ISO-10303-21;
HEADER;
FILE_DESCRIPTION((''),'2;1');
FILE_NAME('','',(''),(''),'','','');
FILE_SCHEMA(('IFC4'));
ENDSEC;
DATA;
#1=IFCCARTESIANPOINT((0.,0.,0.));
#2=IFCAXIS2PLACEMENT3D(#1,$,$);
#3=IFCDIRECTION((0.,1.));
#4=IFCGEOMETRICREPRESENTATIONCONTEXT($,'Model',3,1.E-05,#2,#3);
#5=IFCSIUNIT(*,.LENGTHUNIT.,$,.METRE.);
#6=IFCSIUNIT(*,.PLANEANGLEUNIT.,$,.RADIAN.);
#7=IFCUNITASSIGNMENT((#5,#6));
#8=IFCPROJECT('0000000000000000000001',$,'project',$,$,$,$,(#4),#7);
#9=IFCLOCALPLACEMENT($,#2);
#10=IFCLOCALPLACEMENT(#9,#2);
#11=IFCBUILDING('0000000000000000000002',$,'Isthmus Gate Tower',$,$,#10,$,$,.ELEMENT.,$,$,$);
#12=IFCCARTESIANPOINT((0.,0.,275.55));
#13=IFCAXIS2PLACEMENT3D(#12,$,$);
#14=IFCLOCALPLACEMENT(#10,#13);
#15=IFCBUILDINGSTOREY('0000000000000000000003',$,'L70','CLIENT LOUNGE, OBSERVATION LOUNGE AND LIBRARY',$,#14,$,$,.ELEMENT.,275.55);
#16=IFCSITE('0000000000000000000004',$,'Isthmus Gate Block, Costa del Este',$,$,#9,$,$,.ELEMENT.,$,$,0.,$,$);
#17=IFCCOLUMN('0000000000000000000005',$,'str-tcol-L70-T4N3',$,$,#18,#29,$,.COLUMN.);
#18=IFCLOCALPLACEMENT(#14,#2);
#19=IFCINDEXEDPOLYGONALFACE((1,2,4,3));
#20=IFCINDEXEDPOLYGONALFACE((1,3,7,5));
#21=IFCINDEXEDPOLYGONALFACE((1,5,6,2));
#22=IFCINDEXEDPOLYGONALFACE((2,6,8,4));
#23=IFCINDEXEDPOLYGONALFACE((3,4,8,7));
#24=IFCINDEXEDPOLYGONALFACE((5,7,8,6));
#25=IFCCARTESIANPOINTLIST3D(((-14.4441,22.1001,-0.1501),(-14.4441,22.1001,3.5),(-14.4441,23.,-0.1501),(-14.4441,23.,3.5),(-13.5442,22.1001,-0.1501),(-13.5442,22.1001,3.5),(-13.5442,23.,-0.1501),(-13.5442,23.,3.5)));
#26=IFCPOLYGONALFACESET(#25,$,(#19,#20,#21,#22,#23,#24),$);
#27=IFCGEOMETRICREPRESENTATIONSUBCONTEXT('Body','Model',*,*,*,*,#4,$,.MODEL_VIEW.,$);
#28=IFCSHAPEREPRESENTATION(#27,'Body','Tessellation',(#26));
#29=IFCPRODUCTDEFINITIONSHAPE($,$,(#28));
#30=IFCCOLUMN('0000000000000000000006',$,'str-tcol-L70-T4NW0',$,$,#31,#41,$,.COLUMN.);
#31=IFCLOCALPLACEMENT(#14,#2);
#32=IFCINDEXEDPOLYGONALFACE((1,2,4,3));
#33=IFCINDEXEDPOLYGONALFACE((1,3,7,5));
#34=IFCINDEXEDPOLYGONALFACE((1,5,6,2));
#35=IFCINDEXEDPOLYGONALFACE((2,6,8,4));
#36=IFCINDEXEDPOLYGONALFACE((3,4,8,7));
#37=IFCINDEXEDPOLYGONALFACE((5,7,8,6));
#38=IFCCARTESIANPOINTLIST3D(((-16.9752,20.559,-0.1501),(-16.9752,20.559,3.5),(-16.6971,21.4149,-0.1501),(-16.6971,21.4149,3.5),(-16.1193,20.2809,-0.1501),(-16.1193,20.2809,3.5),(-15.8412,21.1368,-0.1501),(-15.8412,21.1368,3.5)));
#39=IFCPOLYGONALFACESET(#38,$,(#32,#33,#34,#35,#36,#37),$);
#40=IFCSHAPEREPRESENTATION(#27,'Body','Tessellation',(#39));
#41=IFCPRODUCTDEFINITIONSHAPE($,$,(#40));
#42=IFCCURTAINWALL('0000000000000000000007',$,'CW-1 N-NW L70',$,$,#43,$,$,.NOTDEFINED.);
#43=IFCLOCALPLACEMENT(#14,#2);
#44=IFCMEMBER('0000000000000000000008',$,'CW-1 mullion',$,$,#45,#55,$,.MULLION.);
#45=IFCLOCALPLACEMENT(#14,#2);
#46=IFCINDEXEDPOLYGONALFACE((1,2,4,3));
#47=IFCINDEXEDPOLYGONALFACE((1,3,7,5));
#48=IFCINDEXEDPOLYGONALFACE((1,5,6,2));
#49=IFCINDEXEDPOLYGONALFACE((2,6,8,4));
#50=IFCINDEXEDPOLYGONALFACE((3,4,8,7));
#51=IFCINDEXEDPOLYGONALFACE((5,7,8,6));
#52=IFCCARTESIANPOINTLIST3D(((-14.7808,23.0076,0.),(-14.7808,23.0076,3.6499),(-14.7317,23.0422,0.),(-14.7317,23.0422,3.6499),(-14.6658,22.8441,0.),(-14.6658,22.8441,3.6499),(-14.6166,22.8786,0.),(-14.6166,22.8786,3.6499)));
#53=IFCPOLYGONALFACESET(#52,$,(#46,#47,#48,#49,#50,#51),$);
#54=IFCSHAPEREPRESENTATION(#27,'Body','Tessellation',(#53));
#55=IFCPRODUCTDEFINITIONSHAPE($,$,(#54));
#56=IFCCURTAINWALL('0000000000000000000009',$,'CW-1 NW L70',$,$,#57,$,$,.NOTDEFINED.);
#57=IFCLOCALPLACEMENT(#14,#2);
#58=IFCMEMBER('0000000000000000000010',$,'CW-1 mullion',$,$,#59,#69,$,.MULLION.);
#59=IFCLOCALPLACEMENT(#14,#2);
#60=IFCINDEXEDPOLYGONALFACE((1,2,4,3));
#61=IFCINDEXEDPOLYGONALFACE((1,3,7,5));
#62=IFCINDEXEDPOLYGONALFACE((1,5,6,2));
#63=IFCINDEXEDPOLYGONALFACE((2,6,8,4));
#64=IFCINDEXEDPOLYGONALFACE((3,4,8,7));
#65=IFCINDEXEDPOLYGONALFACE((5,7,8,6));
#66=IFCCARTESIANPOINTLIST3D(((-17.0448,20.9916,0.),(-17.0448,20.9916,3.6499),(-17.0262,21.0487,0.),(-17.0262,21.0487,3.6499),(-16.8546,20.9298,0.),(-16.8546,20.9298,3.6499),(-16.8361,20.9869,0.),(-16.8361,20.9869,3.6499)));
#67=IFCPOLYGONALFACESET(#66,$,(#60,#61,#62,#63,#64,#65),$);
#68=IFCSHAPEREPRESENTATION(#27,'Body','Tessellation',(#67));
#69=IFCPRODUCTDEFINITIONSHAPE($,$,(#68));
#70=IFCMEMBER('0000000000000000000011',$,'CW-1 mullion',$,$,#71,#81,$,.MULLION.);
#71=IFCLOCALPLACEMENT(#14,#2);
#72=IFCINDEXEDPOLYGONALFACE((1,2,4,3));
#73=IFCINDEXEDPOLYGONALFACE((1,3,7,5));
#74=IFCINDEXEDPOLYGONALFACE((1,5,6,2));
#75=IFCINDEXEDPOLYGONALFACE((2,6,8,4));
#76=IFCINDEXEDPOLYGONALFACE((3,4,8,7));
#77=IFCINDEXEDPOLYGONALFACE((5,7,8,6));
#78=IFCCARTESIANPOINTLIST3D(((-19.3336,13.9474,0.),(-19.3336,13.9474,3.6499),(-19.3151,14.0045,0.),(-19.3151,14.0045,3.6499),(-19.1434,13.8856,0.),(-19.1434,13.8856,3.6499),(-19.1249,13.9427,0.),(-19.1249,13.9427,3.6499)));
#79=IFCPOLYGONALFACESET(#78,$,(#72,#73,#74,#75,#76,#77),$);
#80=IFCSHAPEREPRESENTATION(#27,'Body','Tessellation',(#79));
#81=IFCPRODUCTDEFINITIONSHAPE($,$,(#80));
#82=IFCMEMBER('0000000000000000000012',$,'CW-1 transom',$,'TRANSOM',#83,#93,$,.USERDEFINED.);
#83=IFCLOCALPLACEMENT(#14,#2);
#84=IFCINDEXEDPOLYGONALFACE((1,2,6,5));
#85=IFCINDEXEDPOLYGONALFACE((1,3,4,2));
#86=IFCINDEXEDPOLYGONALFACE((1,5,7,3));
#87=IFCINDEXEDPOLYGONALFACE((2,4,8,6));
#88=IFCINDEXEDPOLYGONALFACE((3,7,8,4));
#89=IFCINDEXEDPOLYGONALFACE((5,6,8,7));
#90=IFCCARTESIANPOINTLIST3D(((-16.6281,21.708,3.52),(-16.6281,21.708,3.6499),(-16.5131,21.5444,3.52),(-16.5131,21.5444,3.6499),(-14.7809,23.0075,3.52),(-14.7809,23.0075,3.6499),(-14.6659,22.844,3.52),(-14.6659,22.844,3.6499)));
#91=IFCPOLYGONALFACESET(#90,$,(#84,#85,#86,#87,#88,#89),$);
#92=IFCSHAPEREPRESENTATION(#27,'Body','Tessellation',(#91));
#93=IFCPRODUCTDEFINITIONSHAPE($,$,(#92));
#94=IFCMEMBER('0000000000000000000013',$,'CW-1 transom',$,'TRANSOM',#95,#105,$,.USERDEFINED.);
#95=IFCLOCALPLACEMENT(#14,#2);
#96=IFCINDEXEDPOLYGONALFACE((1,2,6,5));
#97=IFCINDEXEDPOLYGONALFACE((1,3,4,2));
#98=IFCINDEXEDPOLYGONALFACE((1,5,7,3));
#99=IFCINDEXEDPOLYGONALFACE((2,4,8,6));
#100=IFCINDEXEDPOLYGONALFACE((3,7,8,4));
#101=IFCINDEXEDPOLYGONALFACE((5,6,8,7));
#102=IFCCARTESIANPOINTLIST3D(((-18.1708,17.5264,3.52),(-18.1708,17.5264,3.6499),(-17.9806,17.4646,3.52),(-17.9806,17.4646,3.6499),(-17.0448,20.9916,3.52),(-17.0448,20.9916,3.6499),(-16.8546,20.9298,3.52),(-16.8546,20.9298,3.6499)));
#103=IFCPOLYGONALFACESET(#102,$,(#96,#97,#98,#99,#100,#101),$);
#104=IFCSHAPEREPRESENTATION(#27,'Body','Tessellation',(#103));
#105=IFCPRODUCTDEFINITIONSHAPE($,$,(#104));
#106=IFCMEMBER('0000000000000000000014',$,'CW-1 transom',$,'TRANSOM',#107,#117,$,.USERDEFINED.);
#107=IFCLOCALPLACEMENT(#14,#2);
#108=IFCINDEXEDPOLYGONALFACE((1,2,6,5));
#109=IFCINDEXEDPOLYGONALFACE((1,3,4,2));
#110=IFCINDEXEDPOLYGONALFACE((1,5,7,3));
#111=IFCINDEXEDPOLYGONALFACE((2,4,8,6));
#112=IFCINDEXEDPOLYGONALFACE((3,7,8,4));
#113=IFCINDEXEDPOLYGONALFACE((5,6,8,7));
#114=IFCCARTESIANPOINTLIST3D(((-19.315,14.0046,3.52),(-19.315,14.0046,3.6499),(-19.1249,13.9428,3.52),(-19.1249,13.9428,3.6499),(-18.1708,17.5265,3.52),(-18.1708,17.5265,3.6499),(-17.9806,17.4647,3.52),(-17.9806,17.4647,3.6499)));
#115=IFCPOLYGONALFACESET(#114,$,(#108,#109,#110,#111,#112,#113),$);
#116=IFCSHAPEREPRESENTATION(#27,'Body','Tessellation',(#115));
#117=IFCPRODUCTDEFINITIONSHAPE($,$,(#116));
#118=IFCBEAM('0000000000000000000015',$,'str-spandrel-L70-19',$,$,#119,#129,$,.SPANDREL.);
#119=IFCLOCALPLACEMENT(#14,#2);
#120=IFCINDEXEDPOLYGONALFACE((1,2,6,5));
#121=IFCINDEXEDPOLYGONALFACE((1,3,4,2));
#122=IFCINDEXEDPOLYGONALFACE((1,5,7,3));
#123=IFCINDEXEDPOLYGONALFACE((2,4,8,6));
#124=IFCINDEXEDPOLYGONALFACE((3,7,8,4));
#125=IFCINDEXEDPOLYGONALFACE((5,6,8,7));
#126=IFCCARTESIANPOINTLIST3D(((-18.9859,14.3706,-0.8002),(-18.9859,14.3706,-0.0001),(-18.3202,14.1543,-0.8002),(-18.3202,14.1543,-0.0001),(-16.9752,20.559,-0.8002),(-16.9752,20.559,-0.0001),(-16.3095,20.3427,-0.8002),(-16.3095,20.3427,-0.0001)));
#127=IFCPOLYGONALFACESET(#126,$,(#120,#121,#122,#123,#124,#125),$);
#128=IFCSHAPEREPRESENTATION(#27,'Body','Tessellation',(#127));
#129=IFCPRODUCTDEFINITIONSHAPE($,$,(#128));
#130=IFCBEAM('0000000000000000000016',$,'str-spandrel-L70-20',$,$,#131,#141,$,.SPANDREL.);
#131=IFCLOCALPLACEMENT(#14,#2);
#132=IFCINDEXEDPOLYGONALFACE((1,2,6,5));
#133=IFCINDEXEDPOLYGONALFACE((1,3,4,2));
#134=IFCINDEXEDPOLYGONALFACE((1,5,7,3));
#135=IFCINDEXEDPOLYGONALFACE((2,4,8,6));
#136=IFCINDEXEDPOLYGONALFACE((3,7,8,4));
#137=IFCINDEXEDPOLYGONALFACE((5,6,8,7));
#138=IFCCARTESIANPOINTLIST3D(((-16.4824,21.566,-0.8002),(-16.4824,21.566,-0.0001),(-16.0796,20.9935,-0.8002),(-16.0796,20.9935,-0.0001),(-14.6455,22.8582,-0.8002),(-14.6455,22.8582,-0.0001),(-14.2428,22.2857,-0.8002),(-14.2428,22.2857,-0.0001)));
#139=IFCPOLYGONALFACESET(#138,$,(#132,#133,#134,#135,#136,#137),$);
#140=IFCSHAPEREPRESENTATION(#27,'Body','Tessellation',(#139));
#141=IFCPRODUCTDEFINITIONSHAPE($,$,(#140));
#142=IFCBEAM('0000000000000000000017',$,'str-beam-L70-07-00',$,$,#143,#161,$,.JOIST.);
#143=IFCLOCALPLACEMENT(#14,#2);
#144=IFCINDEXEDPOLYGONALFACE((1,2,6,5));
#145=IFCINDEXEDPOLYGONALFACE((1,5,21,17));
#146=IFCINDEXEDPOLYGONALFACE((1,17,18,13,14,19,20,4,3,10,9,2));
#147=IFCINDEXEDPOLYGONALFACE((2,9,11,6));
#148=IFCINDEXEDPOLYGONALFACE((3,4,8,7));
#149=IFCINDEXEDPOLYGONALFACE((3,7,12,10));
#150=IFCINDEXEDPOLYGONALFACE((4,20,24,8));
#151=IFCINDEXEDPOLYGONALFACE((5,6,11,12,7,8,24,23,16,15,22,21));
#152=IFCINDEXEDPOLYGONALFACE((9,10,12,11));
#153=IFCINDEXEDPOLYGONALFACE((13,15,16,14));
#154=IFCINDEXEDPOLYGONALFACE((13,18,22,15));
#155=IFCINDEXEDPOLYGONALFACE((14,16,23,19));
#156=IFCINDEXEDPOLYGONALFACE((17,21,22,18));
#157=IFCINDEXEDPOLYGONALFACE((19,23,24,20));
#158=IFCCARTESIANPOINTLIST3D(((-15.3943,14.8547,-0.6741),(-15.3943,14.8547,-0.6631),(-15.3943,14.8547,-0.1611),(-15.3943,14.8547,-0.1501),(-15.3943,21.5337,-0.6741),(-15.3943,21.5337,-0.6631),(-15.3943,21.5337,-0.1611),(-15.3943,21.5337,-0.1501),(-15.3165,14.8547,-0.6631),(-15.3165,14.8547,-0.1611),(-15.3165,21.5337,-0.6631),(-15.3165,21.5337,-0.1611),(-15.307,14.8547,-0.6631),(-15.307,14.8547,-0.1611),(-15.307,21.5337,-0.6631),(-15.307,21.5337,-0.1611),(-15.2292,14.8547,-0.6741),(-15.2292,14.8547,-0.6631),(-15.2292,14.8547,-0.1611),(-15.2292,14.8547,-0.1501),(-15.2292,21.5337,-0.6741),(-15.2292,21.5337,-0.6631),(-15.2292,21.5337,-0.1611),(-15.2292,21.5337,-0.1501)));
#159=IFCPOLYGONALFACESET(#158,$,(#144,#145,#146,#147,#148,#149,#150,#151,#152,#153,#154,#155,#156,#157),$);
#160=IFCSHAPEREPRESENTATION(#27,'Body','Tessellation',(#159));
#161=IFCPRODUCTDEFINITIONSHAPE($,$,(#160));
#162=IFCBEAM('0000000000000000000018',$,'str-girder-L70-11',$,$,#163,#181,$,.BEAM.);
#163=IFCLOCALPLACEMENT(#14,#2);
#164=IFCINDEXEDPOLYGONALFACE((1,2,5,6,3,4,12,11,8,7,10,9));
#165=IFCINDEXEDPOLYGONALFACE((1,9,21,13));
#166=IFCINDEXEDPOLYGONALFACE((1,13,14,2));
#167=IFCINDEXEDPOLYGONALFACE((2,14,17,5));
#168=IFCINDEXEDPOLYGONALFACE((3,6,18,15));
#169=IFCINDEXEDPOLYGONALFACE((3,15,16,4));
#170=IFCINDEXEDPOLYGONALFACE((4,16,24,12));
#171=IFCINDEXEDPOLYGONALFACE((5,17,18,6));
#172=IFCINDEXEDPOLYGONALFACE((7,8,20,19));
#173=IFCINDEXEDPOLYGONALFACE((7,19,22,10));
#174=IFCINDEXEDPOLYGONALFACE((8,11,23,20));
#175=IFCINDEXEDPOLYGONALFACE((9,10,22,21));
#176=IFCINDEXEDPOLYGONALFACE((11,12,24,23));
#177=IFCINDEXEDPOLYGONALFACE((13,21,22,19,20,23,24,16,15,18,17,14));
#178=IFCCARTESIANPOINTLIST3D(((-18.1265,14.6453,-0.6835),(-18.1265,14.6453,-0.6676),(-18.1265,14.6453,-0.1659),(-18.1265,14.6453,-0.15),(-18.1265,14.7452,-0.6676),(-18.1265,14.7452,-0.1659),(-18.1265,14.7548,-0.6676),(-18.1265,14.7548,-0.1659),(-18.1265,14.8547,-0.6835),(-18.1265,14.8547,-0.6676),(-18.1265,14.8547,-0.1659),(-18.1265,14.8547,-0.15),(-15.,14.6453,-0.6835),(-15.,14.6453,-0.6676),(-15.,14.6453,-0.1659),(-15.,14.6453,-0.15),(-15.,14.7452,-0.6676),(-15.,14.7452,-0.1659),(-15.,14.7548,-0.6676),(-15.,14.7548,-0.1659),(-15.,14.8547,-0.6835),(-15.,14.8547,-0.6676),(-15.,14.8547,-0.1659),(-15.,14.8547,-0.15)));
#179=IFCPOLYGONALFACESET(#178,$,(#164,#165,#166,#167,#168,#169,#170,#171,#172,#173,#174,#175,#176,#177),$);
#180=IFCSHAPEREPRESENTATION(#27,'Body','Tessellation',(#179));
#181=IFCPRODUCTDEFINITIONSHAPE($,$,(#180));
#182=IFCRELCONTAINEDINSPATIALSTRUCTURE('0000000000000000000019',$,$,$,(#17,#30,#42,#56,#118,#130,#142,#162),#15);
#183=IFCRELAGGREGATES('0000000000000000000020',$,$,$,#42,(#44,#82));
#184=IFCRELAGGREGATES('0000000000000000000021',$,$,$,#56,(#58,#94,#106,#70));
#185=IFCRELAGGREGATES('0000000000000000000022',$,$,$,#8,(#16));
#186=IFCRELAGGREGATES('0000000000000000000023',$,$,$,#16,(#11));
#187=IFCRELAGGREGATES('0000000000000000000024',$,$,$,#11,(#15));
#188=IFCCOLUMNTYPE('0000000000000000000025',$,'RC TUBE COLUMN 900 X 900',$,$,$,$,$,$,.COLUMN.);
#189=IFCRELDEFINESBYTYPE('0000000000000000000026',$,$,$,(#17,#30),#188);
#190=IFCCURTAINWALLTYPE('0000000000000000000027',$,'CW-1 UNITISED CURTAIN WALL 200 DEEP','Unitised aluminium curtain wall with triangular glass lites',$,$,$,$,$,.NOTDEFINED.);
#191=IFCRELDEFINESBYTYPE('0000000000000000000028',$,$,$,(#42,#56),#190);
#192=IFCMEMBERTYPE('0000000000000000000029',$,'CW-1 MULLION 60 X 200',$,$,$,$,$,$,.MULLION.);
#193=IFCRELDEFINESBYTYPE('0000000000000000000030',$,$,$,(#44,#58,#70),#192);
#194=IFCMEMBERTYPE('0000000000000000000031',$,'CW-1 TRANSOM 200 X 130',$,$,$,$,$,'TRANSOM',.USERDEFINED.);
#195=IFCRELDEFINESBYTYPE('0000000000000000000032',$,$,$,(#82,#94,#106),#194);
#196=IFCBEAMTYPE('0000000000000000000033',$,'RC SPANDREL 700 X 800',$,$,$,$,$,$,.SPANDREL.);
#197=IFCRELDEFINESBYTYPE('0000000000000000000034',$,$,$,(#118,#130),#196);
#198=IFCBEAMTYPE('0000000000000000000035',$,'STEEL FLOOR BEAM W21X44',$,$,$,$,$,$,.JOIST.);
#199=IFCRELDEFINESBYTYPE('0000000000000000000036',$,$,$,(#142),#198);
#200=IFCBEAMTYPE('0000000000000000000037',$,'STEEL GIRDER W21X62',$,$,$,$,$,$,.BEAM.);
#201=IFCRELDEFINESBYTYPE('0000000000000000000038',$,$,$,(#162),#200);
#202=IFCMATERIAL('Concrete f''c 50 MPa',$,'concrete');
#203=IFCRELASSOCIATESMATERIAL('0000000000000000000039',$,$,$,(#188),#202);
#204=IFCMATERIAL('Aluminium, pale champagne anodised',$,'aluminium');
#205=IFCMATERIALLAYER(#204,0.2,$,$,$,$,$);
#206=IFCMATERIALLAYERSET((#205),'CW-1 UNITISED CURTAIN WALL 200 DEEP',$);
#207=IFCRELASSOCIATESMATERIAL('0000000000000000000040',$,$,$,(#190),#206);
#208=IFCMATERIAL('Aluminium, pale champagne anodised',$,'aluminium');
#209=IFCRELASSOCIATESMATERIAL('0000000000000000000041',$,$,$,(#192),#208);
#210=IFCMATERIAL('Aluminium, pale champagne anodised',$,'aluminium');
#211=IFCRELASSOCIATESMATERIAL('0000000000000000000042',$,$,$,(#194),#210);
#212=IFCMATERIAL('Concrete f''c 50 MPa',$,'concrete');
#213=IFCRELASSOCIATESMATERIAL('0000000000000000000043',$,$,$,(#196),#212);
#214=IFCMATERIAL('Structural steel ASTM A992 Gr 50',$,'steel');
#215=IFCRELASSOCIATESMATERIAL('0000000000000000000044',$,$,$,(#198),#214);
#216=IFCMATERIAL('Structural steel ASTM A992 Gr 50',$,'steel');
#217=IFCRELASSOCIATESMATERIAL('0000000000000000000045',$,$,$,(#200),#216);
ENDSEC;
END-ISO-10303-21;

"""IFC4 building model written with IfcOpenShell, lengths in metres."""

from ifc_helpers import new_model, si_unit, direction, frame, origin, origin_2d, place, context, subcontext, project, spatial, rectangle, i_section, extrude, material, layer, layer_set, material_profile, profile_set, type_object, element, aggregate, save


model = new_model("IFC4")

# Units and contexts
model_context = context("Model", 3, precision=1e-05, world=origin(), true_north=direction((0.0, 1.0)))
body_context = subcontext(model_context, "Body", "Model", "MODEL_VIEW")
ifc_project = project(units=[si_unit("LENGTHUNIT", "METRE"), si_unit("PLANEANGLEUNIT", "RADIAN")], contexts=[model_context])

# Site, building, storey
site_placement = place(None, origin())
site = spatial("IfcSite", under=ifc_project, at=site_placement, Name="Isthmus Gate Block, Costa del Este", CompositionType="ELEMENT", RefElevation=0.0)
building_placement = place(site_placement, origin())
building = spatial("IfcBuilding", under=site, at=building_placement, Name="Isthmus Gate Tower", CompositionType="ELEMENT")
storey_placement = place(building_placement, frame((0.0, 0.0, 275.55)))
storey = spatial("IfcBuildingStorey", under=building, at=storey_placement, Name="L70", Description="CLIENT LOUNGE, OBSERVATION LOUNGE AND LIBRARY", CompositionType="ELEMENT", Elevation=275.55)

# Columns
ifc_material_1 = material(Name="Concrete f'c 50 MPa", Category="concrete")
ifc_material_profile_1 = material_profile(ifc_material_1, rectangle(XDim=0.8999, YDim=0.8999, at=origin_2d()), Name="RC 900X900")
ifc_profile_set_1 = profile_set([ifc_material_profile_1], Name="Concrete f'c 50 MPa")
column_type = type_object("IfcColumnType", Name="RC TUBE COLUMN 900 X 900", PredefinedType="COLUMN", material=ifc_profile_set_1)
for number, where, z_axis, x_axis, name in (
    (1, (-13.9941, 22.55, -0.1501), (0.0, 0.0, 1.0), (-1.0, 0.0, 0.0), "str-tcol-L70-T4N3"),
    (2, (-16.4082, 20.8479, -0.1501), (0.0, 0.0, 1.0), (-0.309017, -0.951057, 0.0), "str-tcol-L70-T4NW0"),
):
    element("IfcColumn", number, at=place(storey_placement, frame(where, z_axis=z_axis, x_axis=x_axis)), inside=storey, type_object=column_type, Name=name, PredefinedType="COLUMN", context=body_context, shape_type="SweptSolid", body=[
        extrude(rectangle(XDim=0.8999, YDim=0.8999, at=origin_2d()), origin(), (0.0, 0.0, 1.0), 3.6501),
    ])

# Curtain wall, member
ifc_material_2 = material(Name="Aluminium, pale champagne anodised", Category="aluminium")
ifc_layer_1 = layer(ifc_material_2, 0.2)
ifc_layer_set_1 = layer_set([ifc_layer_1], Name="CW-1 UNITISED CURTAIN WALL 200 DEEP")
curtain_wall_type = type_object("IfcCurtainWallType", Name="CW-1 UNITISED CURTAIN WALL 200 DEEP", Description="Unitised aluminium curtain wall with triangular glass lites", PredefinedType="NOTDEFINED", material=ifc_layer_set_1)
curtain_wall_1_placement = place(storey_placement, origin())
curtain_wall_1 = element("IfcCurtainWall", 3, at=curtain_wall_1_placement, inside=storey, type_object=curtain_wall_type, Name="CW-1 N-NW L70", PredefinedType="NOTDEFINED")
ifc_material_3 = material(Name="Aluminium, pale champagne anodised", Category="aluminium")
ifc_material_profile_2 = material_profile(ifc_material_3, rectangle(XDim=0.0601, YDim=0.2, at=origin_2d()), Name="60x200")
ifc_profile_set_2 = profile_set([ifc_material_profile_2], Name="Aluminium, pale champagne anodised")
member_type_1 = type_object("IfcMemberType", Name="CW-1 MULLION 60 X 200", PredefinedType="MULLION", material=ifc_profile_set_2)
member_1_placement = place(storey_placement, frame((-14.6987, 22.9431, 0.0), z_axis=(0.0, 0.0, 1.0), x_axis=(-0.81786, -0.575418, 0.0)))
member_1 = element("IfcMember", 4, at=member_1_placement, type_object=member_type_1, Name="CW-1 mullion", PredefinedType="MULLION", context=body_context, shape_type="SweptSolid", body=[
    extrude(rectangle(XDim=0.0601, YDim=0.2, at=origin_2d()), origin(), (0.0, 0.0, 1.0), 3.6499),
])

# Curtain wall, members
curtain_wall_2_placement = place(storey_placement, origin())
curtain_wall_2 = element("IfcCurtainWall", 5, at=curtain_wall_2_placement, inside=storey, type_object=curtain_wall_type, Name="CW-1 NW L70", PredefinedType="NOTDEFINED")
member_2_placement = place(storey_placement, frame((-16.9404, 20.9893, 0.0), z_axis=(0.0, 0.0, 1.0), x_axis=(-0.309017, -0.951057, 0.0)))
member_2 = element("IfcMember", 6, at=member_2_placement, type_object=member_type_1, Name="CW-1 mullion", PredefinedType="MULLION", context=body_context, shape_type="SweptSolid", body=[
    extrude(rectangle(XDim=0.0601, YDim=0.2, at=origin_2d()), origin(), (0.0, 0.0, 1.0), 3.6499),
])
member_3_placement = place(storey_placement, frame((-19.2292, 13.9451, 0.0), z_axis=(0.0, 0.0, 1.0), x_axis=(-0.309017, -0.951057, 0.0)))
member_3 = element("IfcMember", 7, at=member_3_placement, type_object=member_type_1, Name="CW-1 mullion", PredefinedType="MULLION", context=body_context, shape_type="SweptSolid", body=[
    extrude(rectangle(XDim=0.0601, YDim=0.2, at=origin_2d()), origin(), (0.0, 0.0, 1.0), 3.6499),
])

# Members
ifc_material_4 = material(Name="Aluminium, pale champagne anodised", Category="aluminium")
ifc_material_profile_3 = material_profile(ifc_material_4, rectangle(XDim=0.2, YDim=0.1299, at=origin_2d()), Name="200x130")
ifc_profile_set_3 = profile_set([ifc_material_profile_3], Name="Aluminium, pale champagne anodised")
member_type_2 = type_object("IfcMemberType", Name="CW-1 TRANSOM 200 X 130", ElementType="TRANSOM", PredefinedType="USERDEFINED", material=ifc_profile_set_3)
member_4_placement = place(storey_placement, frame((-14.7234, 22.9258, 3.585), z_axis=(-0.817869, -0.575405, 0.0), x_axis=(0.575405, -0.817869, 0.0)))
member_4 = element("IfcMember", 8, at=member_4_placement, type_object=member_type_2, Name="CW-1 transom", ObjectType="TRANSOM", PredefinedType="USERDEFINED", context=body_context, shape_type="SweptSolid", body=[
    extrude(rectangle(XDim=0.2, YDim=0.1299, at=origin_2d()), origin(), (0.0, 0.0, 1.0), 2.2585),
])
member_5_placement = place(storey_placement, frame((-16.9497, 20.9607, 3.585), z_axis=(-0.309042, -0.951048, 0.0), x_axis=(0.951048, -0.309042, 0.0)))
member_5 = element("IfcMember", 9, at=member_5_placement, type_object=member_type_2, Name="CW-1 transom", ObjectType="TRANSOM", PredefinedType="USERDEFINED", context=body_context, shape_type="SweptSolid", body=[
    extrude(rectangle(XDim=0.2, YDim=0.1299, at=origin_2d()), origin(), (0.0, 0.0, 1.0), 3.6436),
])
member_6_placement = place(storey_placement, frame((-18.0757, 17.4956, 3.585), z_axis=(-0.309, -0.951062, 0.0), x_axis=(0.951062, -0.309, 0.0)))
member_6 = element("IfcMember", 10, at=member_6_placement, type_object=member_type_2, Name="CW-1 transom", ObjectType="TRANSOM", PredefinedType="USERDEFINED", context=body_context, shape_type="SweptSolid", body=[
    extrude(rectangle(XDim=0.2, YDim=0.1299, at=origin_2d()), origin(), (0.0, 0.0, 1.0), 3.7031),
])

# Beams
ifc_material_5 = material(Name="Concrete f'c 50 MPa", Category="concrete")
ifc_material_profile_4 = material_profile(ifc_material_5, rectangle(XDim=0.7, YDim=0.8, at=origin_2d()), Name="RC 700X800")
ifc_profile_set_4 = profile_set([ifc_material_profile_4], Name="Concrete f'c 50 MPa")
beam_type_1 = type_object("IfcBeamType", Name="RC SPANDREL 700 X 800", PredefinedType="SPANDREL", material=ifc_profile_set_4)
beam_1_placement = place(storey_placement, frame((-18.6531, 14.2625, -0.4001), z_axis=(0.309015, 0.951057, 0.0), x_axis=(-0.951057, 0.309015, 0.0)))
element("IfcBeam", 11, at=beam_1_placement, inside=storey, type_object=beam_type_1, Name="str-spandrel-L70-19", PredefinedType="SPANDREL", context=body_context, shape_type="SweptSolid", body=[
    extrude(rectangle(XDim=0.7, YDim=0.8, at=origin_2d()), origin(), (0.0, 0.0, 1.0), 6.5068),
])
beam_2_placement = place(storey_placement, frame((-16.281, 21.2798, -0.4001), z_axis=(0.817892, 0.575372, 0.0), x_axis=(-0.575372, 0.817892, 0.0)))
element("IfcBeam", 12, at=beam_2_placement, inside=storey, type_object=beam_type_1, Name="str-spandrel-L70-20", PredefinedType="SPANDREL", context=body_context, shape_type="SweptSolid", body=[
    extrude(rectangle(XDim=0.7, YDim=0.8, at=origin_2d()), origin(), (0.0, 0.0, 1.0), 2.2458),
])
ifc_material_6 = material(Name="Structural steel ASTM A992 Gr 50", Category="steel")
ifc_material_profile_5 = material_profile(ifc_material_6, i_section(OverallWidth=0.165, OverallDepth=0.5239, WebThickness=0.0095, FlangeThickness=0.011, at=origin_2d()), Name="W21X44")
ifc_profile_set_5 = profile_set([ifc_material_profile_5], Name="Structural steel ASTM A992 Gr 50")
beam_type_2 = type_object("IfcBeamType", Name="STEEL FLOOR BEAM W21X44", PredefinedType="JOIST", material=ifc_profile_set_5)
beam_3_placement = place(storey_placement, frame((-15.3118, 14.8547, -0.4121), z_axis=(0.0, 1.0, 0.0), x_axis=(-1.0, 0.0, 0.0)))
element("IfcBeam", 13, at=beam_3_placement, inside=storey, type_object=beam_type_2, Name="str-beam-L70-07-00", PredefinedType="JOIST", context=body_context, shape_type="SweptSolid", body=[
    extrude(i_section(OverallWidth=0.165, OverallDepth=0.5239, WebThickness=0.0095, FlangeThickness=0.011, at=origin_2d()), origin(), (0.0, 0.0, 1.0), 6.679),
])
ifc_material_7 = material(Name="Structural steel ASTM A992 Gr 50", Category="steel")
ifc_material_profile_6 = material_profile(ifc_material_7, i_section(OverallWidth=0.2095, OverallDepth=0.5334, WebThickness=0.0095, FlangeThickness=0.0159, at=origin_2d()), Name="W21X62")
ifc_profile_set_6 = profile_set([ifc_material_profile_6], Name="Structural steel ASTM A992 Gr 50")
beam_type_3 = type_object("IfcBeamType", Name="STEEL GIRDER W21X62", PredefinedType="BEAM", material=ifc_profile_set_6)
beam_4_placement = place(storey_placement, frame((-15.0, 14.75, -0.4167), z_axis=(-1.0, 0.0, 0.0), x_axis=(0.0, -1.0, 0.0)))
element("IfcBeam", 14, at=beam_4_placement, inside=storey, type_object=beam_type_3, Name="str-girder-L70-11", PredefinedType="BEAM", context=body_context, shape_type="SweptSolid", body=[
    extrude(i_section(OverallWidth=0.2095, OverallDepth=0.5334, WebThickness=0.0095, FlangeThickness=0.0159, at=origin_2d()), origin(), (0.0, 0.0, 1.0), 3.1265),
])

aggregate(curtain_wall_1, [member_1, member_4])

aggregate(curtain_wall_2, [member_2, member_5, member_6, member_3])

save(model, "model.ifc")
